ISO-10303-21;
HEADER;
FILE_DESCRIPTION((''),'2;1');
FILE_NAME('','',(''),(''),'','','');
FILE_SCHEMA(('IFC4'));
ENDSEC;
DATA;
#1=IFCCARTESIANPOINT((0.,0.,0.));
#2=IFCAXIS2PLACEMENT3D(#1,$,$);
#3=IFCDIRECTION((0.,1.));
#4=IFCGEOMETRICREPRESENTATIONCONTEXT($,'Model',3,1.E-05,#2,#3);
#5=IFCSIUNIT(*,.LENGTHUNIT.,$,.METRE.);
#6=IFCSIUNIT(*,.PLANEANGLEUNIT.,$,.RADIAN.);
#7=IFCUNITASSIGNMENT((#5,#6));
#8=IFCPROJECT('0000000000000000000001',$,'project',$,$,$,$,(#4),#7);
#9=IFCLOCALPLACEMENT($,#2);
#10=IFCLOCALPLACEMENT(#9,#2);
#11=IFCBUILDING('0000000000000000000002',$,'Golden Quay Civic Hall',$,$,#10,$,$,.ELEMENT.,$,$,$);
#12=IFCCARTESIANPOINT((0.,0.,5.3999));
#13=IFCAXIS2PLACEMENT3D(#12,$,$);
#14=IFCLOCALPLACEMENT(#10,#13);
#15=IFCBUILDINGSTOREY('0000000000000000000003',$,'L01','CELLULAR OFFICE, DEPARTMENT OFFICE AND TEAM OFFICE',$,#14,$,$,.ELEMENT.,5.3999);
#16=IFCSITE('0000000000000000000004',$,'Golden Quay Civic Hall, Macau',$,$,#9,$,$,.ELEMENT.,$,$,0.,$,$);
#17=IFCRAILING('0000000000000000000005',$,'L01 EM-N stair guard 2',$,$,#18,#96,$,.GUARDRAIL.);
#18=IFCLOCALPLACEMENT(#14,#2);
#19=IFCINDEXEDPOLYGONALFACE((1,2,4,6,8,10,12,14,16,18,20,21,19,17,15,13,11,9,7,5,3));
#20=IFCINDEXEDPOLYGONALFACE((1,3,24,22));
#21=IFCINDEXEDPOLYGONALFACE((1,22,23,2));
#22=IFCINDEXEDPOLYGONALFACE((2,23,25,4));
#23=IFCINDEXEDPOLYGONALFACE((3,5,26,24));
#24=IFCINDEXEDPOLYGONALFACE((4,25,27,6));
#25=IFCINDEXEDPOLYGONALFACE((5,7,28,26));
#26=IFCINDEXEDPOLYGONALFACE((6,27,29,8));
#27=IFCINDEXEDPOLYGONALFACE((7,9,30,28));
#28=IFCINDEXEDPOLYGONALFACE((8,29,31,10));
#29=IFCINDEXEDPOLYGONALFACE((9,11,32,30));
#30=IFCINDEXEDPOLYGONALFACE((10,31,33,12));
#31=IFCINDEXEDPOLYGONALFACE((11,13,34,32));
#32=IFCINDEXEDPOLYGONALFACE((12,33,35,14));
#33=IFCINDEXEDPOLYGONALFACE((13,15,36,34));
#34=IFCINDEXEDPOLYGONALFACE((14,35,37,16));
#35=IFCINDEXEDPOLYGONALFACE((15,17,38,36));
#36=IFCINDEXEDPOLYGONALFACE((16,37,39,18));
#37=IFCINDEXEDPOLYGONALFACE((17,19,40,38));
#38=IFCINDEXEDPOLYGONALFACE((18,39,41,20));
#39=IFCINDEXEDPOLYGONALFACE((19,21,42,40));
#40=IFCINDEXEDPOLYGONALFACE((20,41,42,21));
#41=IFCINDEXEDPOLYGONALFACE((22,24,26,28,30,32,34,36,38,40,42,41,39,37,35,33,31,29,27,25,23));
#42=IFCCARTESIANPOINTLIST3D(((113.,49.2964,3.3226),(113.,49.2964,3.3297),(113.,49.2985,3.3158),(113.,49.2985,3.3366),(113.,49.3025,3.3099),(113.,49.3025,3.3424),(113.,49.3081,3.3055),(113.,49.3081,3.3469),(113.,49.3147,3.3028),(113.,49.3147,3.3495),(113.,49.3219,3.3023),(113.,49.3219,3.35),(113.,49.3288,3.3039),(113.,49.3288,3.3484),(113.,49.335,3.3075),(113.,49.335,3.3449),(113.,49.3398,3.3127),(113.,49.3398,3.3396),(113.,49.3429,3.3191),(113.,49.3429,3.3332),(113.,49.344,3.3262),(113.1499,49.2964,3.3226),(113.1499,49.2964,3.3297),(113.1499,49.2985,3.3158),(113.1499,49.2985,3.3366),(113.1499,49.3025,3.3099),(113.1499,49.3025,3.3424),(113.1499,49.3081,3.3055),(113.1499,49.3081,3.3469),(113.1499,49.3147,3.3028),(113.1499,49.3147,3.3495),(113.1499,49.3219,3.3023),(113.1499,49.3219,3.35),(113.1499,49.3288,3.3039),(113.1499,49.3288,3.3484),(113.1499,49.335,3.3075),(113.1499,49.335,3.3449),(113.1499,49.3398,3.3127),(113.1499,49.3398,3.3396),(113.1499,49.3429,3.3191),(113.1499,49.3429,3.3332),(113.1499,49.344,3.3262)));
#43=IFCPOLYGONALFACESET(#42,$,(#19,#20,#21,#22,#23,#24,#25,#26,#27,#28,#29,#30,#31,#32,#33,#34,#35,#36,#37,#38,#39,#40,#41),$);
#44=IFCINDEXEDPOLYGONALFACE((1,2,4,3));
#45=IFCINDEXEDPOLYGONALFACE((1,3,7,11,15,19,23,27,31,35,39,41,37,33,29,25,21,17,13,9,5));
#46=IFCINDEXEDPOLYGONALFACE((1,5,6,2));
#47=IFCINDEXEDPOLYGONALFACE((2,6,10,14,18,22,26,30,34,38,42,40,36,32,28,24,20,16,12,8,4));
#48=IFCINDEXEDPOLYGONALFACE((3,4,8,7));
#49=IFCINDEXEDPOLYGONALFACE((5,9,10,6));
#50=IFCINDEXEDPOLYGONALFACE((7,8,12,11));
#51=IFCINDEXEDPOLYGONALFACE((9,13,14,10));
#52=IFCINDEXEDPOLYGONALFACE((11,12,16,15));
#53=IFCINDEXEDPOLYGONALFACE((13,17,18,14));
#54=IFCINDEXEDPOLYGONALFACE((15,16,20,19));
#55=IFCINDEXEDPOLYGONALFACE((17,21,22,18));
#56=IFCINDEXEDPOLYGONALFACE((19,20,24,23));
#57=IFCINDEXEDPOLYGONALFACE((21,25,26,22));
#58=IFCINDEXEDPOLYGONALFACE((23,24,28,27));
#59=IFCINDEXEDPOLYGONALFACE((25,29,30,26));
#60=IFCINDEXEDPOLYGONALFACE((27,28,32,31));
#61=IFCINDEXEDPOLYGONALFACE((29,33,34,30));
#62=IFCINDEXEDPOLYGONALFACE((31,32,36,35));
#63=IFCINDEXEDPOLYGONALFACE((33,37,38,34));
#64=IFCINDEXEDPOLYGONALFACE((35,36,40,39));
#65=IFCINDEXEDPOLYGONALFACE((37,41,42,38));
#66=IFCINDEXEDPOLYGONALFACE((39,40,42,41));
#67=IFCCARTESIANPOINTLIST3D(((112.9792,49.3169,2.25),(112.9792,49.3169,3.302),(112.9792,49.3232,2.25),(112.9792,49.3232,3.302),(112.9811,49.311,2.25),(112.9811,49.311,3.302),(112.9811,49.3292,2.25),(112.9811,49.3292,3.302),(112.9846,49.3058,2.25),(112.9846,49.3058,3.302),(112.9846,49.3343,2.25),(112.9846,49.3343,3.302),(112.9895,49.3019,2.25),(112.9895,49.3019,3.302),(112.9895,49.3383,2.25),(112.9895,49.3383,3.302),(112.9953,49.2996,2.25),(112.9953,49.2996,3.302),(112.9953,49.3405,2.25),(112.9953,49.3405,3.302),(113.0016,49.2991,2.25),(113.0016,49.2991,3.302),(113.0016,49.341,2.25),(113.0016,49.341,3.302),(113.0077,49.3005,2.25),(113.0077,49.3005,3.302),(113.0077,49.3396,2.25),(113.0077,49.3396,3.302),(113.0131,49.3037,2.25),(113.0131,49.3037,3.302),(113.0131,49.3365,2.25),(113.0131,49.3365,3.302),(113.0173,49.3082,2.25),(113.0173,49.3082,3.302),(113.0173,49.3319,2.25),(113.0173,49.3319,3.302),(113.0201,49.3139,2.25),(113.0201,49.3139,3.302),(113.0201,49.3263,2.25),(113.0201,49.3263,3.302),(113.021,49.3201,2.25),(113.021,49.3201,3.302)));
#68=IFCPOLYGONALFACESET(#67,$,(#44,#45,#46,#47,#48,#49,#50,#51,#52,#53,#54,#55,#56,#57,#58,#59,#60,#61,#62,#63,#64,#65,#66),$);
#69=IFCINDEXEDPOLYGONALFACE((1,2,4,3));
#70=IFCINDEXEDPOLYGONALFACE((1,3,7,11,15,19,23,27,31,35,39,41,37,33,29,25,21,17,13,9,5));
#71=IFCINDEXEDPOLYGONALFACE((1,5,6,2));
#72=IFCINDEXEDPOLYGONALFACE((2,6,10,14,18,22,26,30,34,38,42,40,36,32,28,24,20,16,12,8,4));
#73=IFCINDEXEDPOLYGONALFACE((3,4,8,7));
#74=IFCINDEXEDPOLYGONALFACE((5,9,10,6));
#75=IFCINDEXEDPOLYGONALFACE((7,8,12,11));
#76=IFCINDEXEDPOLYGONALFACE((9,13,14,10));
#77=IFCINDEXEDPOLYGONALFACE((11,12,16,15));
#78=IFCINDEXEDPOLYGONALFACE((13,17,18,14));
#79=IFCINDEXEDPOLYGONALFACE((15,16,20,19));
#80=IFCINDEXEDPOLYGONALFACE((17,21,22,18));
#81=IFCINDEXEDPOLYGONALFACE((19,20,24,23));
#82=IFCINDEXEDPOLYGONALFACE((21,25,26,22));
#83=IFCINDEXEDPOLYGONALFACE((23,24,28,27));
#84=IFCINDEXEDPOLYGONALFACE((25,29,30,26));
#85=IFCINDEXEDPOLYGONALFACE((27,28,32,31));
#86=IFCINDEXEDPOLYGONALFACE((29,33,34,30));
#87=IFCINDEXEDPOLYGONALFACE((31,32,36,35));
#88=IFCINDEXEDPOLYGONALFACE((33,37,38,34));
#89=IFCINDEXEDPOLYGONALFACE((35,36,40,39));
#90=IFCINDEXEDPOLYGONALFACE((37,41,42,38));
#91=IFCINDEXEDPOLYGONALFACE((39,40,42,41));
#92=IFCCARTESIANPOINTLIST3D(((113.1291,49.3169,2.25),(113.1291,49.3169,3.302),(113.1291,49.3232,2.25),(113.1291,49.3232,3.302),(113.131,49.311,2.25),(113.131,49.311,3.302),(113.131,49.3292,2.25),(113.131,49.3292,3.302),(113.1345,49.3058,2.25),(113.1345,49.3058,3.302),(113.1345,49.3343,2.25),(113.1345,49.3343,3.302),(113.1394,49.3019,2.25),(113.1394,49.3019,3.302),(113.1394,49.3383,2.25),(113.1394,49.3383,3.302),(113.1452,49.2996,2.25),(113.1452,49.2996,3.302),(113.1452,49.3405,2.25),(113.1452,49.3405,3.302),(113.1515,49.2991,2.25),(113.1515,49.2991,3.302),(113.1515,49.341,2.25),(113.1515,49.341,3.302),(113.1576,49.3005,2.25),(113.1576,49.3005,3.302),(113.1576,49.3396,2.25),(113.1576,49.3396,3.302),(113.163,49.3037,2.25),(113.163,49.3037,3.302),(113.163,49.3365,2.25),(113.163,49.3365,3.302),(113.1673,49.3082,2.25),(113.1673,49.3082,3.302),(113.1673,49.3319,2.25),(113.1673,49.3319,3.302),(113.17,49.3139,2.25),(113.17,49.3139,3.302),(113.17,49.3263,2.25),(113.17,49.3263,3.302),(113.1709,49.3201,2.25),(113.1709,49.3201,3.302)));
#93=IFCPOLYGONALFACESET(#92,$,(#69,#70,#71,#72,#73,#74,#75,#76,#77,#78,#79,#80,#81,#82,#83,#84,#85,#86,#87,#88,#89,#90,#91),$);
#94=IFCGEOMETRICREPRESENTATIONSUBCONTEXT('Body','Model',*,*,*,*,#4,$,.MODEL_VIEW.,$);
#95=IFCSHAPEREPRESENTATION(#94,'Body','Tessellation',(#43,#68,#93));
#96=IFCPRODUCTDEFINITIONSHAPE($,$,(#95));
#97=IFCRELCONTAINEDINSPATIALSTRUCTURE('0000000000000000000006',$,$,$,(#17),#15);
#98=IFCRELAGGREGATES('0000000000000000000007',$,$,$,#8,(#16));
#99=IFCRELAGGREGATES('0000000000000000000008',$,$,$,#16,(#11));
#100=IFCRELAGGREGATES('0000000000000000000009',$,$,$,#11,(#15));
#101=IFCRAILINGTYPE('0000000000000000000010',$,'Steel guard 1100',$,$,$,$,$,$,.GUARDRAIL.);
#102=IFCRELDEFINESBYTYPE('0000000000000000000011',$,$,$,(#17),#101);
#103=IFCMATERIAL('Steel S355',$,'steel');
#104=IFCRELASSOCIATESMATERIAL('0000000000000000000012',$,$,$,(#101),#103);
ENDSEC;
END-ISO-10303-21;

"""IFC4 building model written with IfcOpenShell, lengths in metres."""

from ifc_helpers import new_model, si_unit, direction, frame, origin, origin_2d, place, context, subcontext, project, spatial, circle, extrude, material, type_object, element, save


model = new_model("IFC4")

# Units and contexts
model_context = context("Model", 3, precision=1e-05, world=origin(), true_north=direction((0.0, 1.0)))
body_context = subcontext(model_context, "Body", "Model", "MODEL_VIEW")
ifc_project = project(units=[si_unit("LENGTHUNIT", "METRE"), si_unit("PLANEANGLEUNIT", "RADIAN")], contexts=[model_context])

# Site, building, storey
site_placement = place(None, origin())
site = spatial("IfcSite", under=ifc_project, at=site_placement, Name="Golden Quay Civic Hall, Macau", CompositionType="ELEMENT", RefElevation=0.0)
building_placement = place(site_placement, origin())
building = spatial("IfcBuilding", under=site, at=building_placement, Name="Golden Quay Civic Hall", CompositionType="ELEMENT")
storey_placement = place(building_placement, frame((0.0, 0.0, 5.3999)))
storey = spatial("IfcBuildingStorey", under=building, at=storey_placement, Name="L01", Description="CELLULAR OFFICE, DEPARTMENT OFFICE AND TEAM OFFICE", CompositionType="ELEMENT", Elevation=5.3999)

# Railing
ifc_material_1 = material(Name="Steel S355", Category="steel")
railing_type_1 = type_object("IfcRailingType", Name="Steel guard 1100", PredefinedType="GUARDRAIL", material=ifc_material_1)
railing_1_placement = place(storey_placement, frame((113.0, 49.3201, 2.25)))
element("IfcRailing", 1, at=railing_1_placement, inside=storey, type_object=railing_type_1, Name="L01 EM-N stair guard 2", PredefinedType="GUARDRAIL", context=body_context, shape_type="SweptSolid", body=[
    extrude(circle(Radius=0.0239, at=origin_2d()), frame((0.0, 0.0, 1.0762), z_axis=(1.0, 0.0, 0.0), x_axis=(0.0, 1.0, 0.0)), (0.0, 0.0, 1.0), 0.1499),
    extrude(circle(Radius=0.021, at=origin_2d()), origin(), (0.0, 0.0, 1.0), 1.052),
    extrude(circle(Radius=0.021, at=origin_2d()), frame((0.1499, 0.0, 0.0)), (0.0, 0.0, 1.0), 1.052),
])

save(model, "model.ifc")
